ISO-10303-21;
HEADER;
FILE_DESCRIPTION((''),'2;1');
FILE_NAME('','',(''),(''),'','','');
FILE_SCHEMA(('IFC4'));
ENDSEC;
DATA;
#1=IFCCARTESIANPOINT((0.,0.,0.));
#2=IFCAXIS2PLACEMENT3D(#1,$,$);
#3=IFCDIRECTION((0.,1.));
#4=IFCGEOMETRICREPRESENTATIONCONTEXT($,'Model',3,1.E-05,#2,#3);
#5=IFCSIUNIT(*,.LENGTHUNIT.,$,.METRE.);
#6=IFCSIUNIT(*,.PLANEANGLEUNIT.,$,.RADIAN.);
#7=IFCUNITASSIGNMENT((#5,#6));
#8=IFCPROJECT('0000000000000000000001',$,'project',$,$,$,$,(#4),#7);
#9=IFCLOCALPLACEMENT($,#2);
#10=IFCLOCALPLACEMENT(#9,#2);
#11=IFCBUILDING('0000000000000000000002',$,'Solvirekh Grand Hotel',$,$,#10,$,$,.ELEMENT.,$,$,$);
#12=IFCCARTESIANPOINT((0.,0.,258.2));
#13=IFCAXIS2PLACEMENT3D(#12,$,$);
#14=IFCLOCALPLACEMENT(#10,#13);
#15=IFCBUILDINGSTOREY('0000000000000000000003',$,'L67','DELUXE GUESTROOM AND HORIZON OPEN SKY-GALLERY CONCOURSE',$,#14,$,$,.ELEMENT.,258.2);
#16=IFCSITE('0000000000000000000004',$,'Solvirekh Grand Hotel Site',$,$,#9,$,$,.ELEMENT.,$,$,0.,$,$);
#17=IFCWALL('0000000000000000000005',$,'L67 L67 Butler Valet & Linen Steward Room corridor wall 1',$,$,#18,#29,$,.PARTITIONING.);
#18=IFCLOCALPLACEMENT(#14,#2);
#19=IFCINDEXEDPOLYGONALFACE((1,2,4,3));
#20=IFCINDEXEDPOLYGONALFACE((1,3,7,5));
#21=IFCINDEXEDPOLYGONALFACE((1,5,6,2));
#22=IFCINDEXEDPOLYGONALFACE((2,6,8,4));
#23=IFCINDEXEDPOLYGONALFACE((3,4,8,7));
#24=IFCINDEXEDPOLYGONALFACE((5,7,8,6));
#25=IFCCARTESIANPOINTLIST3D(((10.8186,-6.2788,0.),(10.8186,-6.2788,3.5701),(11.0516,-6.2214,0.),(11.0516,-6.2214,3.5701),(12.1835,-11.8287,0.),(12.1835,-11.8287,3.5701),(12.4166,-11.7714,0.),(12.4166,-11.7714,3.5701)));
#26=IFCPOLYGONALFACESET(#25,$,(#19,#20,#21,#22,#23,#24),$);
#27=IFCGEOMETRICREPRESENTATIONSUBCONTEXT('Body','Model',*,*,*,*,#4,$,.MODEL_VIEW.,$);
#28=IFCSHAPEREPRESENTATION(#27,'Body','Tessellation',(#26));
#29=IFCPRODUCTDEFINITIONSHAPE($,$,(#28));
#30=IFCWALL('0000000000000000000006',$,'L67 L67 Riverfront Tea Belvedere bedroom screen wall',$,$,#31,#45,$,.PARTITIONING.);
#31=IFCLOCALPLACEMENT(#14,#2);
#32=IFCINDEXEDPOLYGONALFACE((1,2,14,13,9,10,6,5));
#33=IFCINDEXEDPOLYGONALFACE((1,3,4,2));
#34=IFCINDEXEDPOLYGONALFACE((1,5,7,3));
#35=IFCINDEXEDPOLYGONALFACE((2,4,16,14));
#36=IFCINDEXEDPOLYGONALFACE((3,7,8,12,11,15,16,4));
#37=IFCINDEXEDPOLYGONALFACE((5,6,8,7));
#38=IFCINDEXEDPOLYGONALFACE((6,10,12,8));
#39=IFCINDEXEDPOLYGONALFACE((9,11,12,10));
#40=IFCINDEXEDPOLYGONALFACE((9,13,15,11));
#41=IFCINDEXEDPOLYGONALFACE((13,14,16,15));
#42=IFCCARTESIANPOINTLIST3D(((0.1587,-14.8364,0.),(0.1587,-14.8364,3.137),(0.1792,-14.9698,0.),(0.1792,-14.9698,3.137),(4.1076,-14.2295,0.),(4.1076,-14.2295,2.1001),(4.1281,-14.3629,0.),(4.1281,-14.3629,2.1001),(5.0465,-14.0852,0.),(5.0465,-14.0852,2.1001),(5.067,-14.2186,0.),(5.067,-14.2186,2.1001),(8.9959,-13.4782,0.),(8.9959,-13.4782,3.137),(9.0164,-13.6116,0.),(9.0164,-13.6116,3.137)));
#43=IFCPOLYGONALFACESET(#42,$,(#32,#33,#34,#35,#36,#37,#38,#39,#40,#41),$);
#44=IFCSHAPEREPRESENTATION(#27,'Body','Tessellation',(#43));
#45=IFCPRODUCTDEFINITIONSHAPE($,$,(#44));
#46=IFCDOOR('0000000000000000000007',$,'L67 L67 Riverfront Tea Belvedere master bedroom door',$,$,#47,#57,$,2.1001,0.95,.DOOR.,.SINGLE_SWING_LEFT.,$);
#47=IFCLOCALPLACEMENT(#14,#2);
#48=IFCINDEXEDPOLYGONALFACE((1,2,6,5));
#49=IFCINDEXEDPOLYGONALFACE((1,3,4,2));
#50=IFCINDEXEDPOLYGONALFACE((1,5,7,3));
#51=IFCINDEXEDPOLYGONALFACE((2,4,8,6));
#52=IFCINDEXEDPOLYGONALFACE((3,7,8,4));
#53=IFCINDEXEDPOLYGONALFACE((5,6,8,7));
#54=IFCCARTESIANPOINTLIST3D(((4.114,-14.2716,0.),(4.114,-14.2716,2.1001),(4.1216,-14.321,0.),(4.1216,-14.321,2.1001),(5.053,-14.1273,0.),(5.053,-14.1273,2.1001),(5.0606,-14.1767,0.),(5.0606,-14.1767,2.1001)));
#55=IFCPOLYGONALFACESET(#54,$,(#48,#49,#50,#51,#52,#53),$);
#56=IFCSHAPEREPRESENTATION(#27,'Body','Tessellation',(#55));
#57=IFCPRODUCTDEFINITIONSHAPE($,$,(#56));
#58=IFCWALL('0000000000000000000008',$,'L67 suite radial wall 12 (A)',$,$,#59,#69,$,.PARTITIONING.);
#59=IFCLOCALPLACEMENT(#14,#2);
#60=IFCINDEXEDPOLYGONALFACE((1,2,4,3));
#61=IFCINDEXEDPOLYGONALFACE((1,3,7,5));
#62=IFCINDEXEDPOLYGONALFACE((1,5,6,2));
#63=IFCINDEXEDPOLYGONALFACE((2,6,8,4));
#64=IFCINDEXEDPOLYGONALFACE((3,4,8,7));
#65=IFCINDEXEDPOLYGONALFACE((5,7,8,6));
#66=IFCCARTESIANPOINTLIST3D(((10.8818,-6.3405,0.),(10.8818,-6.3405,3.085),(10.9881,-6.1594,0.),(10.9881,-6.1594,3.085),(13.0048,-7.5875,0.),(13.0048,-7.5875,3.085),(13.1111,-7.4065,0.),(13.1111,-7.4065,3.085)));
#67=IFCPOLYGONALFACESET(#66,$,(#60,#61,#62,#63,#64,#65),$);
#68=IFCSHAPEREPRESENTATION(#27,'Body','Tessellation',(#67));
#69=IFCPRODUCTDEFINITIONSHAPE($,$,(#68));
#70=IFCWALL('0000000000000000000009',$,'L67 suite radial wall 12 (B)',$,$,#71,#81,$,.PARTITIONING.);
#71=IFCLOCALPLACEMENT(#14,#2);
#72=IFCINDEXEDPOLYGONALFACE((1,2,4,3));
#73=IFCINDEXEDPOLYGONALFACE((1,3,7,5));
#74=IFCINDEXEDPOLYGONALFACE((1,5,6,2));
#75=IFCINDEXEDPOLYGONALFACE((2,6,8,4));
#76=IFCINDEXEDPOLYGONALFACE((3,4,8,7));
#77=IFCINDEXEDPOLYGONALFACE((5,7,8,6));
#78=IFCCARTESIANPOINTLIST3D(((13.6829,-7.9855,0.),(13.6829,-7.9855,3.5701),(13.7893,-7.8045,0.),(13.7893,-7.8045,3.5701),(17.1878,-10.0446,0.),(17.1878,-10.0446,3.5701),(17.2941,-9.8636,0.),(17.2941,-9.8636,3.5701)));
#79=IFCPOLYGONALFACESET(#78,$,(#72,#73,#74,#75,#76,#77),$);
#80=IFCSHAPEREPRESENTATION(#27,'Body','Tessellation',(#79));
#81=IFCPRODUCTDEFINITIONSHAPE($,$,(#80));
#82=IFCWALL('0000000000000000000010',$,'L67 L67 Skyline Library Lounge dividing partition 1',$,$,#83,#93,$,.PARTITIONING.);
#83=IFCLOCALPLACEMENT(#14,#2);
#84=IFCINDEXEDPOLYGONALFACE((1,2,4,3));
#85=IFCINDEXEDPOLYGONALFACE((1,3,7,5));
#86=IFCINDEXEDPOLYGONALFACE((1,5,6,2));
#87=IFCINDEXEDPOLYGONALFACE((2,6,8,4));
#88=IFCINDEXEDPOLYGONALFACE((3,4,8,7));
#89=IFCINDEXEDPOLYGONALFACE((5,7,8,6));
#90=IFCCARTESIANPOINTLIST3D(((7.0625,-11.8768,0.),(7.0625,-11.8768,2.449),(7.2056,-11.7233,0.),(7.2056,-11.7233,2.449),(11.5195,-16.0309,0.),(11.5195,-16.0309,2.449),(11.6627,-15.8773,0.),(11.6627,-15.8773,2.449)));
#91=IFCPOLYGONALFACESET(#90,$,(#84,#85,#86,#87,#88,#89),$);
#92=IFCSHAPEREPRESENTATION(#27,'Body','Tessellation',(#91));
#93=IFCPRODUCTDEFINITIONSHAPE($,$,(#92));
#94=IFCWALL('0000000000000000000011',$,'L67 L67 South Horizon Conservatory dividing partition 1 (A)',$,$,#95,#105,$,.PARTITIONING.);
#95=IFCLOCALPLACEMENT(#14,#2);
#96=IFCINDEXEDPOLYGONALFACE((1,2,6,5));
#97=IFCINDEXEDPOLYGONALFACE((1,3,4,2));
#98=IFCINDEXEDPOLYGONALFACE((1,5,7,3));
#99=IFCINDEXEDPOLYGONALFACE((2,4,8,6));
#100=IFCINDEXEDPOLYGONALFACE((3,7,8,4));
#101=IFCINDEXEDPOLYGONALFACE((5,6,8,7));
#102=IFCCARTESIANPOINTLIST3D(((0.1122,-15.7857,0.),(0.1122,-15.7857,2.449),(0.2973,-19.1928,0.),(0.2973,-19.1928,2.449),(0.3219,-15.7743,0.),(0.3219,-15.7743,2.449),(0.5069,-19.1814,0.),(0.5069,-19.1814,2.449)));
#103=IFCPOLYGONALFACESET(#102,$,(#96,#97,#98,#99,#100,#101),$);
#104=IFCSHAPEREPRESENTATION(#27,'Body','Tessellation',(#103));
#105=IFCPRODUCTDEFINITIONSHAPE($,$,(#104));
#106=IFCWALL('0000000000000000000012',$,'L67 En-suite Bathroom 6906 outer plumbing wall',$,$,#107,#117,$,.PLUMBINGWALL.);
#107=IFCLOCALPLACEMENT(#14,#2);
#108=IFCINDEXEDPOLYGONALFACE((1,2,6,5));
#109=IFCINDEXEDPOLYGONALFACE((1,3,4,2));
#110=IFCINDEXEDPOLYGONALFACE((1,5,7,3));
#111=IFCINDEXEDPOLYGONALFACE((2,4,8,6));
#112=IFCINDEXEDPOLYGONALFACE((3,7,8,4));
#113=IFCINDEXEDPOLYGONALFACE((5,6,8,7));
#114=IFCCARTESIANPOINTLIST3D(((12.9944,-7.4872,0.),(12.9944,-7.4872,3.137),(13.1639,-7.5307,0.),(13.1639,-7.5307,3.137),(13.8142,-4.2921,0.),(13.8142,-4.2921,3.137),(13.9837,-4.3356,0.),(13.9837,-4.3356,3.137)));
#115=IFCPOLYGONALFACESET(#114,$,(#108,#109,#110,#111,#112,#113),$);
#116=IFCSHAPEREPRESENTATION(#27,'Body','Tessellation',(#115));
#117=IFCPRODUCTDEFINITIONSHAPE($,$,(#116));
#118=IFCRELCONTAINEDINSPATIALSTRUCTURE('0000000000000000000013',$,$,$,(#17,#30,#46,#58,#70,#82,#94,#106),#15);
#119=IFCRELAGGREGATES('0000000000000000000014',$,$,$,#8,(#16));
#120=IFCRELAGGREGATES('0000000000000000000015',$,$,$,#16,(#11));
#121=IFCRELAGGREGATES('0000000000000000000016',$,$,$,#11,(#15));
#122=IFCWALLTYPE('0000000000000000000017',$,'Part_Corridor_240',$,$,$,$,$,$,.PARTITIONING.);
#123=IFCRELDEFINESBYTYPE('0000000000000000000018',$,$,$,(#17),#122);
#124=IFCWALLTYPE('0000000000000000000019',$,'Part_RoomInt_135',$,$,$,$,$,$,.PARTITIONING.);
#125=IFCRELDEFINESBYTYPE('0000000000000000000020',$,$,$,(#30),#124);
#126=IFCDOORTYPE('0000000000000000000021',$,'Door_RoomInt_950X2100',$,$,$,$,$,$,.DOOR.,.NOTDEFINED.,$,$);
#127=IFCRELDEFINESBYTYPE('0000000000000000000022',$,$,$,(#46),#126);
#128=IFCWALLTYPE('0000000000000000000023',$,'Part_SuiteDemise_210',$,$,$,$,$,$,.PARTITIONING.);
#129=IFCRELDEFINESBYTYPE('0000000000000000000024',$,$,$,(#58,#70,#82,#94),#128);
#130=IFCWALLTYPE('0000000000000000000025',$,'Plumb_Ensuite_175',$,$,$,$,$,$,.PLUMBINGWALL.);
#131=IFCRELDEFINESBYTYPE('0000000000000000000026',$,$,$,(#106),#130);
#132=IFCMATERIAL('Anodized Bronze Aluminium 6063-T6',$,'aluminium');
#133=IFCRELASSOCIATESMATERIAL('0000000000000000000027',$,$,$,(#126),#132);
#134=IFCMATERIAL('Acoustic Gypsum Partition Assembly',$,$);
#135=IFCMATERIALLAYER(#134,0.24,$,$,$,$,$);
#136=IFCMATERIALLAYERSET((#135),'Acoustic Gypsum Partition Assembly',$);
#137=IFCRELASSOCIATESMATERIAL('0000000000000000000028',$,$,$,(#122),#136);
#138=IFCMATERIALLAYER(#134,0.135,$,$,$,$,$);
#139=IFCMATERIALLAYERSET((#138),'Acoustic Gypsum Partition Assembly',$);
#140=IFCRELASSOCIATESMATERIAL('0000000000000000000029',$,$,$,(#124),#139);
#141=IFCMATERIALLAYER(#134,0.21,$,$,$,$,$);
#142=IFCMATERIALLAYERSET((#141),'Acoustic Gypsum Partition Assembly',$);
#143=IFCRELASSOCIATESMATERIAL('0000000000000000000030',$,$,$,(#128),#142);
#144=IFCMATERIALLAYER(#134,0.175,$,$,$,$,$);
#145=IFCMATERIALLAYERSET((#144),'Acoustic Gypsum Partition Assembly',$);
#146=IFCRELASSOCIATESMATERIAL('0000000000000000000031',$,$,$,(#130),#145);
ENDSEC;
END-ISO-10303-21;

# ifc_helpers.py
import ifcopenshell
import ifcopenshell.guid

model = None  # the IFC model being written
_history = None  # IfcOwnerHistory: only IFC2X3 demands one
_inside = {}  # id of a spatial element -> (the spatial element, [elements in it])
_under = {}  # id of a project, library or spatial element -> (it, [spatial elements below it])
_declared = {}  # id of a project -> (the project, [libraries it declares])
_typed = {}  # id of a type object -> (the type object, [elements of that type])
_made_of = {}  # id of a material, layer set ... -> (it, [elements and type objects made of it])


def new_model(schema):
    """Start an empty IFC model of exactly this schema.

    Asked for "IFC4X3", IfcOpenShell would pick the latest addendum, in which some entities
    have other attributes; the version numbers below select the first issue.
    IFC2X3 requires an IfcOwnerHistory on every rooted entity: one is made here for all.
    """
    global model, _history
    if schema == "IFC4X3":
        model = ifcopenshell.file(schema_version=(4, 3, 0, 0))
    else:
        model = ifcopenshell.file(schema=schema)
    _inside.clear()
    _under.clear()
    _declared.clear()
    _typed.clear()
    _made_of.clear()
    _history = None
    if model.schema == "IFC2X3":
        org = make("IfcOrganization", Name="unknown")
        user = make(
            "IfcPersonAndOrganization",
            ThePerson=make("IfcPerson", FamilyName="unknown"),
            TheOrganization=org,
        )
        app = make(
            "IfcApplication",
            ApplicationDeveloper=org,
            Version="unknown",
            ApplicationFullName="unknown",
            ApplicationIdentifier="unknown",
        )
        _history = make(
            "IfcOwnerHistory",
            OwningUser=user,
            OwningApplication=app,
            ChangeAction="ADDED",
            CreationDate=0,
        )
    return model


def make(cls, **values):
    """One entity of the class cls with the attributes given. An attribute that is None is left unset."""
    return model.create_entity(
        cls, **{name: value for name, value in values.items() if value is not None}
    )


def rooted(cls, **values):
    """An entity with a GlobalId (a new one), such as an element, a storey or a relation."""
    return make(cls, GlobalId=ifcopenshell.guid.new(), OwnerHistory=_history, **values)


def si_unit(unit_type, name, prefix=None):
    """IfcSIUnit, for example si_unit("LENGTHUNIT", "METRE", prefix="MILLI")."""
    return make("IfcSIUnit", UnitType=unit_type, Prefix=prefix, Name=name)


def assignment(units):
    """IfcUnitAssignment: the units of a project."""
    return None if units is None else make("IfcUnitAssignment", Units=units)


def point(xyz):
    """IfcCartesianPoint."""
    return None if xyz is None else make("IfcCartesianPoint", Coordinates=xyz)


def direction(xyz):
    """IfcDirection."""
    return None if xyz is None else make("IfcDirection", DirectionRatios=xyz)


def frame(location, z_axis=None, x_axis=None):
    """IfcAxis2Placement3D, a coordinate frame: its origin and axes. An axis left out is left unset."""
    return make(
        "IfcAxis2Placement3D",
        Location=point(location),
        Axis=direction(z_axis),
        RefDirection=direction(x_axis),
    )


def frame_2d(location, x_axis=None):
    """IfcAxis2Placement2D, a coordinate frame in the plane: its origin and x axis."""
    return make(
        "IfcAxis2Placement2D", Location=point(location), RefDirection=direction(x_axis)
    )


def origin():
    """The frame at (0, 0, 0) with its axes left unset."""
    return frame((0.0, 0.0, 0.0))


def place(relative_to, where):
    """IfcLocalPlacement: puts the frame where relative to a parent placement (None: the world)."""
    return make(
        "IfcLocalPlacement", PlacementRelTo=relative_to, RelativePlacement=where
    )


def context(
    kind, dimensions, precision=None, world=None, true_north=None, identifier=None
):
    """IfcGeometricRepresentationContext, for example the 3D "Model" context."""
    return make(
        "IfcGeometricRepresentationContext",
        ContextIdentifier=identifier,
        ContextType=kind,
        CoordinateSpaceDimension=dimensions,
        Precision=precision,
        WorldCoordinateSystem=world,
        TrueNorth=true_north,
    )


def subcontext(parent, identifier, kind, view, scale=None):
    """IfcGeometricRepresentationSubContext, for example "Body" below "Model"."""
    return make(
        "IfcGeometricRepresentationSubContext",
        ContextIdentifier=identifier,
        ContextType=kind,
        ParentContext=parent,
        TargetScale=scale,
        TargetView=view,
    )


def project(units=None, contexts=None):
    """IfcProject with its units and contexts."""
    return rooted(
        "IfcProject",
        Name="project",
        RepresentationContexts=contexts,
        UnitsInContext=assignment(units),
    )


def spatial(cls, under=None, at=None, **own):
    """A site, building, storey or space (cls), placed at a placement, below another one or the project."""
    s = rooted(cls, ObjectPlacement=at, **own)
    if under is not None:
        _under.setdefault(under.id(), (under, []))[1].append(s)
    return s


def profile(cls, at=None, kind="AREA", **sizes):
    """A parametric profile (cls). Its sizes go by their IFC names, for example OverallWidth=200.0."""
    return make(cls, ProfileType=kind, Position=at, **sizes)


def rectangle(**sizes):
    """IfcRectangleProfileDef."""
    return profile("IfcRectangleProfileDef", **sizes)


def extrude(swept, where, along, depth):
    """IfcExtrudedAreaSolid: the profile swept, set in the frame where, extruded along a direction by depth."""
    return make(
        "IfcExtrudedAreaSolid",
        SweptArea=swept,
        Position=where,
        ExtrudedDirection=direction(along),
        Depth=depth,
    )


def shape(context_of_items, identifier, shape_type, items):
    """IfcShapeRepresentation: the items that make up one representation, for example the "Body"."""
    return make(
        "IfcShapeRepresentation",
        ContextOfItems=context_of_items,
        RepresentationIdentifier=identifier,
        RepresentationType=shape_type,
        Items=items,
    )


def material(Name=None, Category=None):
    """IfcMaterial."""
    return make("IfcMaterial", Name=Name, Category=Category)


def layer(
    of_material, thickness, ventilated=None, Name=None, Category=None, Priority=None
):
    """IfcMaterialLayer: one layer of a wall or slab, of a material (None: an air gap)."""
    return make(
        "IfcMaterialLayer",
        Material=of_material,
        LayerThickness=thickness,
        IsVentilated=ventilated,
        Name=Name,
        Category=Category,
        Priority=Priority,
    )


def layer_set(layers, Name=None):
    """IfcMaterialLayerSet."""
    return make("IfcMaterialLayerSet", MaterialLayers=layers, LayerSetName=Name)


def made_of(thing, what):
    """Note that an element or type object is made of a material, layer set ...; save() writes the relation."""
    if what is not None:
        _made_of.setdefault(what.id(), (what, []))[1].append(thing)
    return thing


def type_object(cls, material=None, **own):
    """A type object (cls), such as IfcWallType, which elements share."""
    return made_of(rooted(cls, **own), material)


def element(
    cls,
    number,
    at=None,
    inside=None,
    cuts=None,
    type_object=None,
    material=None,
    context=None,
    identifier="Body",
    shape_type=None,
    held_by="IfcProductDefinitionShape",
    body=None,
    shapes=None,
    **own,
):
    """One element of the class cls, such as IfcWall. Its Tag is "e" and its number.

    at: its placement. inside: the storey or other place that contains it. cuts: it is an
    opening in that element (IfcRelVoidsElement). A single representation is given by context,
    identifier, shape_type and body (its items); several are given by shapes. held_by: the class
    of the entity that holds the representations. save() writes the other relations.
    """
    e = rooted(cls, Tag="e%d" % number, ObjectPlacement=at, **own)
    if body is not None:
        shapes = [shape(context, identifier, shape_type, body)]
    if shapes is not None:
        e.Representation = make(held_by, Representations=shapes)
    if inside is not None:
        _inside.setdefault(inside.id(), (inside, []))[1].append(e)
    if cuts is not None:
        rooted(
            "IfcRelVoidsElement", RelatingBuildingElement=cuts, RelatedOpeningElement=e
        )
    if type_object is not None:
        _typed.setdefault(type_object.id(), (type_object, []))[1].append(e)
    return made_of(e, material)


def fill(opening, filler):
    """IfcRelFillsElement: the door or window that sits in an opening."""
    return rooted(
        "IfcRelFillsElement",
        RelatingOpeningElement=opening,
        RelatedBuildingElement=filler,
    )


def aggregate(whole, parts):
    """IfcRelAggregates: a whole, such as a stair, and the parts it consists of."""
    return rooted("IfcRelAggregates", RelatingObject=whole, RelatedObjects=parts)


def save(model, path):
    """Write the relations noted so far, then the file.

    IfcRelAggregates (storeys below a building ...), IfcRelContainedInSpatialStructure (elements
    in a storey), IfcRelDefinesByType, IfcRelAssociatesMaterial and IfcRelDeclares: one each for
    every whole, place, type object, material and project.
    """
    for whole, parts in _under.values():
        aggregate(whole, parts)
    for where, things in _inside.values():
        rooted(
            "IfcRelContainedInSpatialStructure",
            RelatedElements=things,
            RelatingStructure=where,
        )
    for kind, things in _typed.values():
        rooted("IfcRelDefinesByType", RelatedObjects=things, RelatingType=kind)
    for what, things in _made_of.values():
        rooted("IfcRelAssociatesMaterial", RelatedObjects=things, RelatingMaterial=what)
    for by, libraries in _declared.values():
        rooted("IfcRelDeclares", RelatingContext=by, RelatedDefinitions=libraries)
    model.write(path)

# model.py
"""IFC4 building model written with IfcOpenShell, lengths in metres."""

from ifc_helpers import new_model, si_unit, direction, frame, frame_2d, origin, place, context, subcontext, project, spatial, rectangle, extrude, material, layer, layer_set, type_object, element, fill, save


model = new_model("IFC4")

# Units and contexts
model_context = context("Model", 3, precision=1e-05, world=origin(), true_north=direction((0.0, 1.0)))
body_context = subcontext(model_context, "Body", "Model", "MODEL_VIEW")
ifc_project = project(units=[si_unit("LENGTHUNIT", "METRE"), si_unit("PLANEANGLEUNIT", "RADIAN")], contexts=[model_context])

# Site, building, storey
site_placement = place(None, origin())
site = spatial("IfcSite", under=ifc_project, at=site_placement, Name="Solvirekh Grand Hotel Site", CompositionType="ELEMENT", RefElevation=0.0)
building_placement = place(site_placement, origin())
building = spatial("IfcBuilding", under=site, at=building_placement, Name="Solvirekh Grand Hotel", CompositionType="ELEMENT")
storey_placement = place(building_placement, frame((0.0, 0.0, 258.2)))
storey = spatial("IfcBuildingStorey", under=building, at=storey_placement, Name="L67", Description="DELUXE GUESTROOM AND HORIZON OPEN SKY-GALLERY CONCOURSE", CompositionType="ELEMENT", Elevation=258.2)

# Shared definitions
ifc_material_1 = material(Name="Acoustic Gypsum Partition Assembly")

# Shared definitions
ifc_material_2 = material(Name="Anodized Bronze Aluminium 6063-T6", Category="aluminium")
door_type_1 = type_object("IfcDoorType", Name="Door_RoomInt_950X2100", OperationType="NOTDEFINED", PredefinedType="DOOR", material=ifc_material_2)

# Wall
ifc_layer_1 = layer(ifc_material_1, 0.24)
ifc_layer_set_1 = layer_set([ifc_layer_1], Name="Acoustic Gypsum Partition Assembly")
wall_type_1 = type_object("IfcWallType", Name="Part_Corridor_240", PredefinedType="PARTITIONING", material=ifc_layer_set_1)
wall_1_placement = place(storey_placement, frame((12.3, -11.8, 0.0), z_axis=(0.0, 0.0, 1.0), x_axis=(-0.238825, 0.971063, 0.0)))
element("IfcWall", 1, at=wall_1_placement, inside=storey, type_object=wall_type_1, Name="L67 L67 Butler Valet & Linen Steward Room corridor wall 1", PredefinedType="PARTITIONING", context=body_context, shape_type="SweptSolid", body=[
    extrude(rectangle(XDim=5.7153, YDim=0.24, at=frame_2d((2.8577, 0.0))), origin(), (0.0, 0.0, 1.0), 3.5701),
])

# Wall, opening, door
ifc_layer_2 = layer(ifc_material_1, 0.135)
ifc_layer_set_2 = layer_set([ifc_layer_2], Name="Acoustic Gypsum Partition Assembly")
wall_type_2 = type_object("IfcWallType", Name="Part_RoomInt_135", PredefinedType="PARTITIONING", material=ifc_layer_set_2)
wall_2_placement = place(storey_placement, frame((0.1689, -14.9031, 0.0), z_axis=(0.0, 0.0, 1.0), x_axis=(0.988395, 0.151903, 0.0)))
wall_2 = element("IfcWall", 2, at=wall_2_placement, inside=storey, type_object=wall_type_2, Name="L67 L67 Riverfront Tea Belvedere bedroom screen wall", PredefinedType="PARTITIONING", context=body_context, shape_type="SweptSolid", body=[
    extrude(rectangle(XDim=8.9409, YDim=0.135, at=frame_2d((4.4705, 0.0))), origin(), (0.0, 0.0, 1.0), 3.137),
])
opening_1_placement = place(wall_2_placement, frame((3.9951, 0.0, 0.0)))
opening_1 = element("IfcOpeningElement", 3, at=opening_1_placement, cuts=wall_2, PredefinedType="OPENING", context=body_context, shape_type="SweptSolid", body=[
    extrude(rectangle(XDim=0.95, YDim=2.1001, at=frame_2d((0.4751, 1.05))), frame((0.0, 0.0776, 0.0), z_axis=(0.0, -1.0, 0.0), x_axis=(1.0, 0.0, 0.0)), (0.0, 0.0, 1.0), 0.155),
])
door_1_placement = place(opening_1_placement, origin())
door_1 = element("IfcDoor", 4, at=door_1_placement, inside=storey, type_object=door_type_1, Name="L67 L67 Riverfront Tea Belvedere master bedroom door", OperationType="SINGLE_SWING_LEFT", OverallHeight=2.1001, OverallWidth=0.95, PredefinedType="DOOR", context=body_context, shape_type="SweptSolid", body=[
    extrude(rectangle(XDim=0.95, YDim=2.1001, at=frame_2d((0.4751, 1.05))), frame((0.0, 0.0249, 0.0), z_axis=(0.0, -1.0, 0.0), x_axis=(1.0, 0.0, 0.0)), (0.0, 0.0, 1.0), 0.05),
])
fill(opening_1, door_1)

# Walls
ifc_layer_3 = layer(ifc_material_1, 0.21)
ifc_layer_set_3 = layer_set([ifc_layer_3], Name="Acoustic Gypsum Partition Assembly")
wall_type_3 = type_object("IfcWallType", Name="Part_SuiteDemise_210", PredefinedType="PARTITIONING", material=ifc_layer_set_3)
wall_3_placement = place(storey_placement, frame((10.9351, -6.25, 0.0), z_axis=(0.0, 0.0, 1.0), x_axis=(0.86225, -0.506483, 0.0)))
element("IfcWall", 5, at=wall_3_placement, inside=storey, type_object=wall_type_3, Name="L67 suite radial wall 12 (A)", PredefinedType="PARTITIONING", context=body_context, shape_type="SweptSolid", body=[
    extrude(rectangle(XDim=2.4622, YDim=0.21, at=frame_2d((1.231, 0.0))), origin(), (0.0, 0.0, 1.0), 3.085),
])
wall_4_placement = place(storey_placement, frame((13.7361, -7.895, 0.0), z_axis=(0.0, 0.0, 1.0), x_axis=(0.862215, -0.506542, 0.0)))
element("IfcWall", 6, at=wall_4_placement, inside=storey, type_object=wall_type_3, Name="L67 suite radial wall 12 (B)", PredefinedType="PARTITIONING", context=body_context, shape_type="SweptSolid", body=[
    extrude(rectangle(XDim=4.0649, YDim=0.21, at=frame_2d((2.0325, 0.0))), origin(), (0.0, 0.0, 1.0), 3.5701),
])
wall_5_placement = place(storey_placement, frame((7.134, -11.8, 0.0), z_axis=(0.0, 0.0, 1.0), x_axis=(0.731533, -0.681806, 0.0)))
element("IfcWall", 7, at=wall_5_placement, inside=storey, type_object=wall_type_3, Name="L67 L67 Skyline Library Lounge dividing partition 1", PredefinedType="PARTITIONING", context=body_context, shape_type="SweptSolid", body=[
    extrude(rectangle(XDim=6.0928, YDim=0.21, at=frame_2d((3.0464, 0.0))), origin(), (0.0, 0.0, 1.0), 2.449),
])
wall_6_placement = place(storey_placement, frame((0.217, -15.78, 0.0), z_axis=(0.0, 0.0, 1.0), x_axis=(0.054237, -0.998528, 0.0)))
element("IfcWall", 8, at=wall_6_placement, inside=storey, type_object=wall_type_3, Name="L67 L67 South Horizon Conservatory dividing partition 1 (A)", PredefinedType="PARTITIONING", context=body_context, shape_type="SweptSolid", body=[
    extrude(rectangle(XDim=3.4121, YDim=0.21, at=frame_2d((1.7061, 0.0))), origin(), (0.0, 0.0, 1.0), 2.449),
])
ifc_layer_4 = layer(ifc_material_1, 0.175)
ifc_layer_set_4 = layer_set([ifc_layer_4], Name="Acoustic Gypsum Partition Assembly")
wall_type_4 = type_object("IfcWallType", Name="Plumb_Ensuite_175", PredefinedType="PLUMBINGWALL", material=ifc_layer_set_4)
wall_7_placement = place(storey_placement, frame((13.0791, -7.509, 0.0), z_axis=(0.0, 0.0, 1.0), x_axis=(0.248539, 0.968622, 0.0)))
element("IfcWall", 9, at=wall_7_placement, inside=storey, type_object=wall_type_4, Name="L67 En-suite Bathroom 6906 outer plumbing wall", PredefinedType="PLUMBINGWALL", context=body_context, shape_type="SweptSolid", body=[
    extrude(rectangle(XDim=3.2986, YDim=0.175, at=frame_2d((1.6494, 0.0))), origin(), (0.0, 0.0, 1.0), 3.137),
])

save(model, "model.ifc")
